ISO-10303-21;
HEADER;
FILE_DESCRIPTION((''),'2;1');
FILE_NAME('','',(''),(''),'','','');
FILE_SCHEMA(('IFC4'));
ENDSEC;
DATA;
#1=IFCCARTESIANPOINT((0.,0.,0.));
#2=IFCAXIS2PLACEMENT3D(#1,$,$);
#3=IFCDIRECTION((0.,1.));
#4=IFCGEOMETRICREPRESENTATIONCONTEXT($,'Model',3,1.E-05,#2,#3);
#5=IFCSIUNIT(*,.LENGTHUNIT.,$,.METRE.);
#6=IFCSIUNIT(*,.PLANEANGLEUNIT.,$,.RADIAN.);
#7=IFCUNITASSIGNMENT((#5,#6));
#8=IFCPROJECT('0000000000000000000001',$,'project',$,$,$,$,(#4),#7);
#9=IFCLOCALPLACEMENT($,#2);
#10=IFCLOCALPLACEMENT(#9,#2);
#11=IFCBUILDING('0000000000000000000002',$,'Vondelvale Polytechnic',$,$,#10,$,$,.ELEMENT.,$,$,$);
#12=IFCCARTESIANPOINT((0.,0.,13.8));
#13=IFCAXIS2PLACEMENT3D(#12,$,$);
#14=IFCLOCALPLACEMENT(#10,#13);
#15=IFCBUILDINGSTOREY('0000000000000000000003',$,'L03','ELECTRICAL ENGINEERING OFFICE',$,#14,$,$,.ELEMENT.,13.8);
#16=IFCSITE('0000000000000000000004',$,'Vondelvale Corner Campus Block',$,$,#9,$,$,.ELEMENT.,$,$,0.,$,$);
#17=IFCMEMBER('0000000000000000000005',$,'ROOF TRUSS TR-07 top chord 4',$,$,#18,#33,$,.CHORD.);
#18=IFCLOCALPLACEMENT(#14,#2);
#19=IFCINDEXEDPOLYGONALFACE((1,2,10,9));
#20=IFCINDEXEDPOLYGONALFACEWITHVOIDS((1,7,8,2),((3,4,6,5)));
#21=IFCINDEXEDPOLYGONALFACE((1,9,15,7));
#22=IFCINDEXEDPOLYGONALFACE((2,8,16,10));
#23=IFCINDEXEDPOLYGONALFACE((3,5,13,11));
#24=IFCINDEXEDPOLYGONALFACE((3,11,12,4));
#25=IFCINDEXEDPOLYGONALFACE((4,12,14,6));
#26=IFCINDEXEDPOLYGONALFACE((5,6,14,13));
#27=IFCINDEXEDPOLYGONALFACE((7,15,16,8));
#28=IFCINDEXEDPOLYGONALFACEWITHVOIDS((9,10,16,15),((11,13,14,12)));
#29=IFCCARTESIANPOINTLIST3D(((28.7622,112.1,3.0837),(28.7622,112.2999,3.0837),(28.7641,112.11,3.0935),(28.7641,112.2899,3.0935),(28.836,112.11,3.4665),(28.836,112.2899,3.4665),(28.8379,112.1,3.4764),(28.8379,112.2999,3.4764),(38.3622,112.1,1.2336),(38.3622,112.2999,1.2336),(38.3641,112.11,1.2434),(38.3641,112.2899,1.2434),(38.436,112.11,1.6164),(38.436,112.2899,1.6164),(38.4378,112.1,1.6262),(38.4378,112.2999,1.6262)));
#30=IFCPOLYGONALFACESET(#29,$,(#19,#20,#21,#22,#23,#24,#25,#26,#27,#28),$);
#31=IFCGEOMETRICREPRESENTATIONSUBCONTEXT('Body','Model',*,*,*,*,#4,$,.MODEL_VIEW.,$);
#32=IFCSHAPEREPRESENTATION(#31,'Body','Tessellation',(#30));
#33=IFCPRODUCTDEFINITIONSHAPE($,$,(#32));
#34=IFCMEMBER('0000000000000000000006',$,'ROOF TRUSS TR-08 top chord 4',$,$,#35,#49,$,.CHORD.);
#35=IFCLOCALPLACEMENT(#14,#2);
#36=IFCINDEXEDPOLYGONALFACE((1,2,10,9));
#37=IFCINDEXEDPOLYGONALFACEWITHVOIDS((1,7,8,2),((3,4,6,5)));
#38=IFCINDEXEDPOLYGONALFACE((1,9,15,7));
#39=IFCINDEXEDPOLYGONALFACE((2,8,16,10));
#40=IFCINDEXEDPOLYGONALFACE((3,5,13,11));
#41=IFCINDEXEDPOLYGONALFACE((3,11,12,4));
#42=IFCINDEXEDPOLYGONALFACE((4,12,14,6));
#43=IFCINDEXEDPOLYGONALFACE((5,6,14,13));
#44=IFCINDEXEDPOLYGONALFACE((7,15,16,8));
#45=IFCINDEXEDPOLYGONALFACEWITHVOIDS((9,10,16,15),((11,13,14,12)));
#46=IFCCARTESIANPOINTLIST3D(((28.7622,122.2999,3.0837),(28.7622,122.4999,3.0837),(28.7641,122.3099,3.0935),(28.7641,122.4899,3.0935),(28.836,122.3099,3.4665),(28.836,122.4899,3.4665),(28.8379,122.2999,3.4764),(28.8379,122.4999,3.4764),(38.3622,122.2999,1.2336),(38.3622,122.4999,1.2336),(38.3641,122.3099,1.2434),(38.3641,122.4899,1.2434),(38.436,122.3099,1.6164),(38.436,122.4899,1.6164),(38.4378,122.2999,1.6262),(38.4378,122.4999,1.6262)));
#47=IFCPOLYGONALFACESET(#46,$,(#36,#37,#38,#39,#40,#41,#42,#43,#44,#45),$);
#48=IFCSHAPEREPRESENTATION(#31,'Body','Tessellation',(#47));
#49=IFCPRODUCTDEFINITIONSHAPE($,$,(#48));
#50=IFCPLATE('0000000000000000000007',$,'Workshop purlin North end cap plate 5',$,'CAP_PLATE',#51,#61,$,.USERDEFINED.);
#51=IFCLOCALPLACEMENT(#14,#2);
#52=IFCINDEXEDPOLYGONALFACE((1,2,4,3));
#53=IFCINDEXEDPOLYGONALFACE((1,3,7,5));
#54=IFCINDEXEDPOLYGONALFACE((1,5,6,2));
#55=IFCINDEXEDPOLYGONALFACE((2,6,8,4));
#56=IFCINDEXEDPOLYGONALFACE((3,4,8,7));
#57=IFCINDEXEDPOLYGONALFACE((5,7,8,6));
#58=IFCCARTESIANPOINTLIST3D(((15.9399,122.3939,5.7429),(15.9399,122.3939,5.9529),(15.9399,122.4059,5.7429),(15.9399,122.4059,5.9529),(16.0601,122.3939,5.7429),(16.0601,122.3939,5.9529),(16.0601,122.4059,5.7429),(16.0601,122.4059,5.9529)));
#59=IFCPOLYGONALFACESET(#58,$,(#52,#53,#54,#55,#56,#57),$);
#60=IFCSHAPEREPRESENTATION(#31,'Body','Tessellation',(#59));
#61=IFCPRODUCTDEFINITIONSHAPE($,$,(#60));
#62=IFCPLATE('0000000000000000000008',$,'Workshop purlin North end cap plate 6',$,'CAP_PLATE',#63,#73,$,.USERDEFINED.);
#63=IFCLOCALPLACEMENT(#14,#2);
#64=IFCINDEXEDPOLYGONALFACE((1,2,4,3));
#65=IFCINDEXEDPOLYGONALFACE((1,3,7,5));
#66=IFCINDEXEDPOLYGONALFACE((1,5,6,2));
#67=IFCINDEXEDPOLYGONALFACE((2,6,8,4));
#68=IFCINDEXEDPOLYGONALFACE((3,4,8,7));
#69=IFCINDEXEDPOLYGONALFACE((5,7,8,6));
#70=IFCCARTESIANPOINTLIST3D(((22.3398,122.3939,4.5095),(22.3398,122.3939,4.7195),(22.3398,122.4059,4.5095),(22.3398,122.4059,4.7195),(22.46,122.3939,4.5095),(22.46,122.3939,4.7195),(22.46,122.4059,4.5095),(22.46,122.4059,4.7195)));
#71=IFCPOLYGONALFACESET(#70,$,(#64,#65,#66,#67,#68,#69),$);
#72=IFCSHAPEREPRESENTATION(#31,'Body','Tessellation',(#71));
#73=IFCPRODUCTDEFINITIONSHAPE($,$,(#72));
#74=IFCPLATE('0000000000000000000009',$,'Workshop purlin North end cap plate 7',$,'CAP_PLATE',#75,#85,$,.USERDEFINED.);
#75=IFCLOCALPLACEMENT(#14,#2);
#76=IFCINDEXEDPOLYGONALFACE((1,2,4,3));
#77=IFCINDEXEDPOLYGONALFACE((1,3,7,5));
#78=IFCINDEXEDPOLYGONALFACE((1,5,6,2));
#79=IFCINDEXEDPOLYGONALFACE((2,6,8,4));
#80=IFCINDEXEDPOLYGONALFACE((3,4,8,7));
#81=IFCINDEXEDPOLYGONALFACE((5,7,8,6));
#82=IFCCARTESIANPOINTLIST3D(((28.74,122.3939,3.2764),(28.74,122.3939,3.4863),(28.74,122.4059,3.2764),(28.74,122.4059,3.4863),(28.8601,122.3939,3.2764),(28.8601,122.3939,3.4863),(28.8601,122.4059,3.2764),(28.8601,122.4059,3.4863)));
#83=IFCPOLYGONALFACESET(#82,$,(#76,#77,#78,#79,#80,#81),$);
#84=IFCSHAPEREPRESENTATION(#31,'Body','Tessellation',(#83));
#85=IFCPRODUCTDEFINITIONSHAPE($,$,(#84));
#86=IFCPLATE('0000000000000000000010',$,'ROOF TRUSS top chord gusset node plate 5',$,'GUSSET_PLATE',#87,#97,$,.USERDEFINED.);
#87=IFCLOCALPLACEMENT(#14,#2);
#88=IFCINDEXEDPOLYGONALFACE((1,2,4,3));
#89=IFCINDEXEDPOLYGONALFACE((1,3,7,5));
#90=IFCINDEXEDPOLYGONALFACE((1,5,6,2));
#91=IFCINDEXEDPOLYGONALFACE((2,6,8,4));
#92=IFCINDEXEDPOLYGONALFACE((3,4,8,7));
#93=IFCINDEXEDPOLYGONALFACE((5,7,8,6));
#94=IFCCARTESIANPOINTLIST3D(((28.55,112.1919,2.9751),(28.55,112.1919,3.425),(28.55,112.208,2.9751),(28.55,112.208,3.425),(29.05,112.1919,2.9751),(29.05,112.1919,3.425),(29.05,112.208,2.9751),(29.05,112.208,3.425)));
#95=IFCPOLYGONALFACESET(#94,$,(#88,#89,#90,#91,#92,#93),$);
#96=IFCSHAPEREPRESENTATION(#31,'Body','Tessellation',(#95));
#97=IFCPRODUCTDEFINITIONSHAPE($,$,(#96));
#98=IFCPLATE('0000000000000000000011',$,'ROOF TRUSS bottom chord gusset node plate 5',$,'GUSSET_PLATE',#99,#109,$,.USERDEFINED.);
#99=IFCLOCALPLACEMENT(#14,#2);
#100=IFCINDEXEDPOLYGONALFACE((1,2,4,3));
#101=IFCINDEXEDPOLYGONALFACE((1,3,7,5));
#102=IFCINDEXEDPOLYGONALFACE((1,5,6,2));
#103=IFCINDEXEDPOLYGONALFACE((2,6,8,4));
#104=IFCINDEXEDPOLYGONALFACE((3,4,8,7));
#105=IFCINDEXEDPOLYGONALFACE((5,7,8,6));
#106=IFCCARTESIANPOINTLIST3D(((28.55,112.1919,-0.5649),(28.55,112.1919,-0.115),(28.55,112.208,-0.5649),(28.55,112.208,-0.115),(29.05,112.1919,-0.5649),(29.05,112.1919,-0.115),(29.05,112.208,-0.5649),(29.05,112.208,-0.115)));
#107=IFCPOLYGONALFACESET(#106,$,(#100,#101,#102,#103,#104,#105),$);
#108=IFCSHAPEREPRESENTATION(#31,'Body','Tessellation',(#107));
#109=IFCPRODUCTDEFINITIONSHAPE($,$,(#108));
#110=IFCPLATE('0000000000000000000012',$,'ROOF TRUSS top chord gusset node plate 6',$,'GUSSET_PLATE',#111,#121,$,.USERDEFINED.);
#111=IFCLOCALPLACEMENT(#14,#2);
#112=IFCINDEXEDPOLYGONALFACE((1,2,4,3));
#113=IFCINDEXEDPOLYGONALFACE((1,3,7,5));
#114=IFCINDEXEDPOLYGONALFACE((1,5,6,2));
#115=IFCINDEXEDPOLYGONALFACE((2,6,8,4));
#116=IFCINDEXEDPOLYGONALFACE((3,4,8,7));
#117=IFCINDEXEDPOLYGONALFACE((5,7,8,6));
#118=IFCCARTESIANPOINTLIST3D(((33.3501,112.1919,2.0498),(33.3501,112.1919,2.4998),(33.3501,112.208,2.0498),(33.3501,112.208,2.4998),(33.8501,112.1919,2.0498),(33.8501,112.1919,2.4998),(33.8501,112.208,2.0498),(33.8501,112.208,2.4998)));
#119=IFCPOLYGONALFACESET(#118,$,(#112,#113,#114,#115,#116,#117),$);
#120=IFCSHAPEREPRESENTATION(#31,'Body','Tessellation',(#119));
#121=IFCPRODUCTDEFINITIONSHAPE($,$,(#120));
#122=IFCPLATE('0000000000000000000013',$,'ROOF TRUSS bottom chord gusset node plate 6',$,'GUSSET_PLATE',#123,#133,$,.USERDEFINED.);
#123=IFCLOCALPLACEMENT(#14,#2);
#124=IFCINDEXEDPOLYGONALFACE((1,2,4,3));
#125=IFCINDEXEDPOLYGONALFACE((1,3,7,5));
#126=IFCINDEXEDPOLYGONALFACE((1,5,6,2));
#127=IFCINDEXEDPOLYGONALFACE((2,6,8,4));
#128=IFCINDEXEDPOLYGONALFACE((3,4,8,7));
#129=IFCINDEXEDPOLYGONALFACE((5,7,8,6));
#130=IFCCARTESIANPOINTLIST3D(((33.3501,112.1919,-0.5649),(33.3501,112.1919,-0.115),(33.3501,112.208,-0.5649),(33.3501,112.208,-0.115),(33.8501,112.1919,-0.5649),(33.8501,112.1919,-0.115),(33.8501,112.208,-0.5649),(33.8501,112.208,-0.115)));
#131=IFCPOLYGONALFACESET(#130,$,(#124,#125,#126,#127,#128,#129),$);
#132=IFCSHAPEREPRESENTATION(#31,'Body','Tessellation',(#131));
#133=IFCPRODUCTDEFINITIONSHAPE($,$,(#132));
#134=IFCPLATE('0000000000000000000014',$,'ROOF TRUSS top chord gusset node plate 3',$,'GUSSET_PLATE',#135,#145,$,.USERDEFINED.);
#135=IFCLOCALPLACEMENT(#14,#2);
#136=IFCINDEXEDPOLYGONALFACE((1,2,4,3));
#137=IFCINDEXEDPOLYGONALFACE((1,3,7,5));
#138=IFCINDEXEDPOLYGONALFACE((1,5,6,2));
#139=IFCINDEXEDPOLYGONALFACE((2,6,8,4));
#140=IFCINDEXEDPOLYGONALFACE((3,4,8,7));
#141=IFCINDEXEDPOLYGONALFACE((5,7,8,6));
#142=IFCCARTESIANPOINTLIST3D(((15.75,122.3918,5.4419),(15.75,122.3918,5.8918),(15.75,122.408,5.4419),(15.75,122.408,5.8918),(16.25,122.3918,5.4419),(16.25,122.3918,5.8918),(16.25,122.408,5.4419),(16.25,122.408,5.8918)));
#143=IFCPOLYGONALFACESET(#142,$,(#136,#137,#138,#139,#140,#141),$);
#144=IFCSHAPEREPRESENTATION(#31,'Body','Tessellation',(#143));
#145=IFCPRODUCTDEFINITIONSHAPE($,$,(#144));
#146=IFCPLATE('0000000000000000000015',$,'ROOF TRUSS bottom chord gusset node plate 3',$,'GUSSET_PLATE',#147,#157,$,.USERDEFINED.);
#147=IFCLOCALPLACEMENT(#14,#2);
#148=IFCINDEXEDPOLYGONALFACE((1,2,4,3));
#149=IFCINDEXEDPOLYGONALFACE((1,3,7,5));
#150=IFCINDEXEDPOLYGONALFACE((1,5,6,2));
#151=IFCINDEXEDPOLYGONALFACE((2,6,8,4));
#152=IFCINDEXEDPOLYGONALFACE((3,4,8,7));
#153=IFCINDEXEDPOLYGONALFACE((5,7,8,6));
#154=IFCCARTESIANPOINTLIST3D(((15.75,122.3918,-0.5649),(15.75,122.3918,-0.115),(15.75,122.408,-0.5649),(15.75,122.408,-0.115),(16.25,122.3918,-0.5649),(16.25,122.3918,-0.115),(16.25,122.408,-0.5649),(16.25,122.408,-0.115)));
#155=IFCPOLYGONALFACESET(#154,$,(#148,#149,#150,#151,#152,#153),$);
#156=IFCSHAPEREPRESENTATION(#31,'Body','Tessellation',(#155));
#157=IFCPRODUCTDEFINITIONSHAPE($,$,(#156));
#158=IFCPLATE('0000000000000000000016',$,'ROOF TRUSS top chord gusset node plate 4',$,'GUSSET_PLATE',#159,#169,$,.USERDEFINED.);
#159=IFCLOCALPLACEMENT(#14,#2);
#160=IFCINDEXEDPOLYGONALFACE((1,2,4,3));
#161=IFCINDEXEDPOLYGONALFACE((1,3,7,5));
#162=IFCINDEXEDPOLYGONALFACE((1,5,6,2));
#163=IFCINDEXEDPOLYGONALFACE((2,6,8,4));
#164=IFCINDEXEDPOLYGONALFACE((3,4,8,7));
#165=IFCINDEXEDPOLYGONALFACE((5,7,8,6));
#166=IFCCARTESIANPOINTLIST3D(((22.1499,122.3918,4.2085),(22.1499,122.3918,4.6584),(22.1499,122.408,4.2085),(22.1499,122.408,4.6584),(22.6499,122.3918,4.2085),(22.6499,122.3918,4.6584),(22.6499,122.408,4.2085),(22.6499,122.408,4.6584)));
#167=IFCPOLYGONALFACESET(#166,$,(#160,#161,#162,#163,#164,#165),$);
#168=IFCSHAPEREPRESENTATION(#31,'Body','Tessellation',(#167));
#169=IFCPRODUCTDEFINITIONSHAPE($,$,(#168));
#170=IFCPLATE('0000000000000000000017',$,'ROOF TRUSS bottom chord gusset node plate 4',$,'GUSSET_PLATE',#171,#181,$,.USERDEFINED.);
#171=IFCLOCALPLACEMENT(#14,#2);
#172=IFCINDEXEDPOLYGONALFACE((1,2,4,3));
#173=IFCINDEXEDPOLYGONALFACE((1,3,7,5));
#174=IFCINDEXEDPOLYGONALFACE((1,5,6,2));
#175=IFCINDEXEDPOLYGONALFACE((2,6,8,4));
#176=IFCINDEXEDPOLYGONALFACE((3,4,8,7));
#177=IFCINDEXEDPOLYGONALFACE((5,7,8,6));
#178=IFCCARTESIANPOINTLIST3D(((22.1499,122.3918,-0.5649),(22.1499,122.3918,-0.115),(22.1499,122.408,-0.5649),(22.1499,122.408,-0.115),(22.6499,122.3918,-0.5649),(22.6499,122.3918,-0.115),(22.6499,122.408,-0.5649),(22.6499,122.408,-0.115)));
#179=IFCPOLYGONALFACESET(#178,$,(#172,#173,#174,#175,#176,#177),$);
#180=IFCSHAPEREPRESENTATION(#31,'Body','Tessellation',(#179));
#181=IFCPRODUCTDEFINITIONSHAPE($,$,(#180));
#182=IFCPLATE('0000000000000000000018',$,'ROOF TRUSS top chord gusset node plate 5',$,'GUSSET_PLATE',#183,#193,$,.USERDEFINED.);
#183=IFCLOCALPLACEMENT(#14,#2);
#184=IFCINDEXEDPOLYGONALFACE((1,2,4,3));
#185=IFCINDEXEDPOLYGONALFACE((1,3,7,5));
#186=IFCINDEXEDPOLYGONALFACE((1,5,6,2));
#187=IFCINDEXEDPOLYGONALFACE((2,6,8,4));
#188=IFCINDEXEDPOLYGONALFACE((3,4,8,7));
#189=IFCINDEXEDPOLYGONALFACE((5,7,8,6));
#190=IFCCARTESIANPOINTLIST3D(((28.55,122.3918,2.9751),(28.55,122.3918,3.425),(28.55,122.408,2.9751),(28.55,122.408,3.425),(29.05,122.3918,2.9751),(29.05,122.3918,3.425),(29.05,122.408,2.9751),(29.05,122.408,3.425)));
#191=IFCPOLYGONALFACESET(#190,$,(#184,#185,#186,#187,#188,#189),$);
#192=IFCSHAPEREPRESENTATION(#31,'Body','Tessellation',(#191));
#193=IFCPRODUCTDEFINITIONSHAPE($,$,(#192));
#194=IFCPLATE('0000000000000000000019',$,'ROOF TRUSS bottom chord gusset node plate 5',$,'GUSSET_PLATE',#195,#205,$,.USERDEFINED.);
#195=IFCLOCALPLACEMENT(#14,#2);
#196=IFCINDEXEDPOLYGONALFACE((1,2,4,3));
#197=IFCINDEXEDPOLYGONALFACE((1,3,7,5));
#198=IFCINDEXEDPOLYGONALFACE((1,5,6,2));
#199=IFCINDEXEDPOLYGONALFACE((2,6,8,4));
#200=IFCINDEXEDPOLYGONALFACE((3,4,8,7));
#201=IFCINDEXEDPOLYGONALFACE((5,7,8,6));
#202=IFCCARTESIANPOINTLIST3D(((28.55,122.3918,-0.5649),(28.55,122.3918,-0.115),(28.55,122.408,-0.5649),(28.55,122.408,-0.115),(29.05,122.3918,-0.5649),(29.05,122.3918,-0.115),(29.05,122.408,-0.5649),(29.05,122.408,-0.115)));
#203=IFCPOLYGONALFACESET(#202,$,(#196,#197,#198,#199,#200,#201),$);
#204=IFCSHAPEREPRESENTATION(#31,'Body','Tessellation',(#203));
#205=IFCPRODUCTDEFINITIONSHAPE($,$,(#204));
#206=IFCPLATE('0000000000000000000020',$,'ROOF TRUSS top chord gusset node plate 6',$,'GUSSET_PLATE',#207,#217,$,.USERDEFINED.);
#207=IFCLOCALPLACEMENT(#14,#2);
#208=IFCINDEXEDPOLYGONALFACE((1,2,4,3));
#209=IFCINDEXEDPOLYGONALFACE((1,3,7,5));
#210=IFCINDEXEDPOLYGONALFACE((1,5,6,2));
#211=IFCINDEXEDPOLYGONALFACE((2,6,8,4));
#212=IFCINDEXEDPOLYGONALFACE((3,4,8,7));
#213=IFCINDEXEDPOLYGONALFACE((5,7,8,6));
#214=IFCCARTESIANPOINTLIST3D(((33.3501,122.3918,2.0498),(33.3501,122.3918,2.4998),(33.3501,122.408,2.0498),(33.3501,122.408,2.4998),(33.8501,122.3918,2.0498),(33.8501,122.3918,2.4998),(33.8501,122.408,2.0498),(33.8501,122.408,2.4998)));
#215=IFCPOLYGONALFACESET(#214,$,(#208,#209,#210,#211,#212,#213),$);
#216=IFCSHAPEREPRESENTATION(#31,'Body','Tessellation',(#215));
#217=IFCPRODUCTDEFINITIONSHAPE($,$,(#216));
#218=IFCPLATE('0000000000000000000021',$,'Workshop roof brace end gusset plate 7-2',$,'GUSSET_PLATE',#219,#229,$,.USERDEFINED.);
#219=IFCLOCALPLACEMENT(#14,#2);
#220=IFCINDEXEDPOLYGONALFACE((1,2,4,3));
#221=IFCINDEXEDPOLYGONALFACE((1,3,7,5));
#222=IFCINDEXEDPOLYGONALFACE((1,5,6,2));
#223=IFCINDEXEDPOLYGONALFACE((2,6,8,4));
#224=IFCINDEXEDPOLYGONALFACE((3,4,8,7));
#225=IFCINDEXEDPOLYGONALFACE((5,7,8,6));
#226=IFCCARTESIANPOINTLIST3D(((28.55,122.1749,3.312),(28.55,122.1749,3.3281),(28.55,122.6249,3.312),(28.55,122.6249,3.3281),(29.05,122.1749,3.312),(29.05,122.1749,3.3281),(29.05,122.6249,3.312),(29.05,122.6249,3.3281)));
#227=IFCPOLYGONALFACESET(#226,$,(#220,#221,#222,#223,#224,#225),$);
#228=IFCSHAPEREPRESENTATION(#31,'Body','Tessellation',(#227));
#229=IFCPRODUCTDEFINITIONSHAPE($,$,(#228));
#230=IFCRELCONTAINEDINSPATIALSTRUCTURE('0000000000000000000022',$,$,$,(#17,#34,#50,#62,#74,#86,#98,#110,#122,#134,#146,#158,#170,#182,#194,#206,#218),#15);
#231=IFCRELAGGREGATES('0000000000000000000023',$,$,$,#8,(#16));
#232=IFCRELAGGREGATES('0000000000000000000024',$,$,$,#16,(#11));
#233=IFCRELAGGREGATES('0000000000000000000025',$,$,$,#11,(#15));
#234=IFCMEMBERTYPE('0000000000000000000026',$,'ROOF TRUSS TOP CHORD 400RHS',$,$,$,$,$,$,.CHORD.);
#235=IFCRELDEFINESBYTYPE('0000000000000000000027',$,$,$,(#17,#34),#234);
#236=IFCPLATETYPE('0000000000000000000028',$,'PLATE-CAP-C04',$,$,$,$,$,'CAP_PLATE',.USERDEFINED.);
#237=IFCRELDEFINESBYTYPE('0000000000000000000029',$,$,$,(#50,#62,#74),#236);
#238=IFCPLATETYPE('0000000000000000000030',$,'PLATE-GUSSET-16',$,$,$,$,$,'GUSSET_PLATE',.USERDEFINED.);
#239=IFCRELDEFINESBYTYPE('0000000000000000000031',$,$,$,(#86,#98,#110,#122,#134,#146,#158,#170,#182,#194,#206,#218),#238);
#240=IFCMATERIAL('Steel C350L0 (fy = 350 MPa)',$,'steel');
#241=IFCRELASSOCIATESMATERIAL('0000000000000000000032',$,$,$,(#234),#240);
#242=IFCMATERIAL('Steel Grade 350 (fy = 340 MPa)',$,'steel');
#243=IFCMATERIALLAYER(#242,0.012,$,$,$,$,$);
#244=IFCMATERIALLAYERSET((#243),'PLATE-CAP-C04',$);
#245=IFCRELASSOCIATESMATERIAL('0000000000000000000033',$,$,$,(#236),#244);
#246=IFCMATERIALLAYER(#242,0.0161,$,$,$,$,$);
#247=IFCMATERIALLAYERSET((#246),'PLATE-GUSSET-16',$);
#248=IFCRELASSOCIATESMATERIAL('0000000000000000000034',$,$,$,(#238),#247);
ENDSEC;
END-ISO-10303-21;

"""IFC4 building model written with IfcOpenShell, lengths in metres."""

from ifc_helpers import new_model, si_unit, direction, frame, origin, origin_2d, place, context, subcontext, project, spatial, rectangle, hollow_rectangle, extrude, material, layer, layer_set, material_profile, profile_set, type_object, element, save


model = new_model("IFC4")

# Units and contexts
model_context = context("Model", 3, precision=1e-05, world=origin(), true_north=direction((0.0, 1.0)))
body_context = subcontext(model_context, "Body", "Model", "MODEL_VIEW")
ifc_project = project(units=[si_unit("LENGTHUNIT", "METRE"), si_unit("PLANEANGLEUNIT", "RADIAN")], contexts=[model_context])

# Site, building, storey
site_placement = place(None, origin())
site = spatial("IfcSite", under=ifc_project, at=site_placement, Name="Vondelvale Corner Campus Block", CompositionType="ELEMENT", RefElevation=0.0)
building_placement = place(site_placement, origin())
building = spatial("IfcBuilding", under=site, at=building_placement, Name="Vondelvale Polytechnic", CompositionType="ELEMENT")
storey_placement = place(building_placement, frame((0.0, 0.0, 13.8)))
storey = spatial("IfcBuildingStorey", under=building, at=storey_placement, Name="L03", Description="ELECTRICAL ENGINEERING OFFICE", CompositionType="ELEMENT", Elevation=13.8)

# Members
ifc_material_1 = material(Name="Steel C350L0 (fy = 350 MPa)", Category="steel")
ifc_material_profile_1 = material_profile(ifc_material_1, hollow_rectangle(XDim=0.2, YDim=0.3999, WallThickness=0.01, at=origin_2d()), Name="400x200x10.0RHS")
ifc_profile_set_1 = profile_set([ifc_material_profile_1], Name="Steel C350L0 (fy = 350 MPa)")
member_type_1 = type_object("IfcMemberType", Name="ROOF TRUSS TOP CHORD 400RHS", PredefinedType="CHORD", material=ifc_profile_set_1)
for number, where, z_axis, x_axis, name in (
    (1, (28.8, 112.2, 3.28), (0.981931, 0.0, -0.189239), (0.0, 1.0, 0.0), "ROOF TRUSS TR-07 top chord 4"),
    (2, (28.8, 122.3999, 3.28), (0.981931, 0.0, -0.189239), (0.0, 1.0, 0.0), "ROOF TRUSS TR-08 top chord 4"),
):
    element("IfcMember", number, at=place(storey_placement, frame(where, z_axis=z_axis, x_axis=x_axis)), inside=storey, type_object=member_type_1, Name=name, PredefinedType="CHORD", context=body_context, shape_type="SweptSolid", body=[
        extrude(hollow_rectangle(XDim=0.2, YDim=0.3999, WallThickness=0.01, at=origin_2d()), origin(), (0.0, 0.0, 1.0), 9.7766),
    ])

# Plates
ifc_material_2 = material(Name="Steel Grade 350 (fy = 340 MPa)", Category="steel")
ifc_layer_1 = layer(ifc_material_2, 0.012)
ifc_layer_set_1 = layer_set([ifc_layer_1], Name="PLATE-CAP-C04")
plate_type_1 = type_object("IfcPlateType", Name="PLATE-CAP-C04", ElementType="CAP_PLATE", PredefinedType="USERDEFINED", material=ifc_layer_set_1)
for number, where, z_axis, x_axis, name in (
    (3, (16.0, 122.3999, 5.7429), (0.0, 0.0, 1.0), (1.0, 0.0, 0.0), "Workshop purlin North end cap plate 5"),
    (4, (22.3999, 122.3999, 4.5095), (0.0, 0.0, 1.0), (1.0, 0.0, 0.0), "Workshop purlin North end cap plate 6"),
    (5, (28.8, 122.3999, 3.2764), (0.0, 0.0, 1.0), (1.0, 0.0, 0.0), "Workshop purlin North end cap plate 7"),
):
    element("IfcPlate", number, at=place(storey_placement, frame(where, z_axis=z_axis, x_axis=x_axis)), inside=storey, type_object=plate_type_1, Name=name, ObjectType="CAP_PLATE", PredefinedType="USERDEFINED", context=body_context, shape_type="SweptSolid", body=[
        extrude(rectangle(XDim=0.1201, YDim=0.012, at=origin_2d()), origin(), (0.0, 0.0, 1.0), 0.21),
    ])
ifc_layer_2 = layer(ifc_material_2, 0.0161)
ifc_layer_set_2 = layer_set([ifc_layer_2], Name="PLATE-GUSSET-16")
plate_type_2 = type_object("IfcPlateType", Name="PLATE-GUSSET-16", ElementType="GUSSET_PLATE", PredefinedType="USERDEFINED", material=ifc_layer_set_2)
for number, where, z_axis, x_axis, name in (
    (6, (28.8, 112.2, 2.9751), (0.0, 0.0, 1.0), (1.0, 0.0, 0.0), "ROOF TRUSS top chord gusset node plate 5"),
    (7, (28.8, 112.2, -0.5649), (0.0, 0.0, 1.0), (1.0, 0.0, 0.0), "ROOF TRUSS bottom chord gusset node plate 5"),
    (8, (33.6001, 112.2, 2.0498), (0.0, 0.0, 1.0), (1.0, 0.0, 0.0), "ROOF TRUSS top chord gusset node plate 6"),
    (9, (33.6001, 112.2, -0.5649), (0.0, 0.0, 1.0), (1.0, 0.0, 0.0), "ROOF TRUSS bottom chord gusset node plate 6"),
    (10, (16.0, 122.3999, 5.4419), (0.0, 0.0, 1.0), (1.0, 0.0, 0.0), "ROOF TRUSS top chord gusset node plate 3"),
    (11, (16.0, 122.3999, -0.5649), (0.0, 0.0, 1.0), (1.0, 0.0, 0.0), "ROOF TRUSS bottom chord gusset node plate 3"),
    (12, (22.3999, 122.3999, 4.2085), (0.0, 0.0, 1.0), (1.0, 0.0, 0.0), "ROOF TRUSS top chord gusset node plate 4"),
    (13, (22.3999, 122.3999, -0.5649), (0.0, 0.0, 1.0), (1.0, 0.0, 0.0), "ROOF TRUSS bottom chord gusset node plate 4"),
    (14, (28.8, 122.3999, 2.9751), (0.0, 0.0, 1.0), (1.0, 0.0, 0.0), "ROOF TRUSS top chord gusset node plate 5"),
    (15, (28.8, 122.3999, -0.5649), (0.0, 0.0, 1.0), (1.0, 0.0, 0.0), "ROOF TRUSS bottom chord gusset node plate 5"),
    (16, (33.6001, 122.3999, 2.0498), (0.0, 0.0, 1.0), (1.0, 0.0, 0.0), "ROOF TRUSS top chord gusset node plate 6"),
):
    element("IfcPlate", number, at=place(storey_placement, frame(where, z_axis=z_axis, x_axis=x_axis)), inside=storey, type_object=plate_type_2, Name=name, ObjectType="GUSSET_PLATE", PredefinedType="USERDEFINED", context=body_context, shape_type="SweptSolid", body=[
        extrude(rectangle(XDim=0.5, YDim=0.0161, at=origin_2d()), origin(), (0.0, 0.0, 1.0), 0.45),
    ])
for number, where, z_axis, x_axis, name in (
    (17, (28.8, 122.3999, 3.312), (0.0, 0.0, 1.0), (1.0, 0.0, 0.0), "Workshop roof brace end gusset plate 7-2"),
):
    element("IfcPlate", number, at=place(storey_placement, frame(where, z_axis=z_axis, x_axis=x_axis)), inside=storey, type_object=plate_type_2, Name=name, ObjectType="GUSSET_PLATE", PredefinedType="USERDEFINED", context=body_context, shape_type="SweptSolid", body=[
        extrude(rectangle(XDim=0.5, YDim=0.45, at=origin_2d()), origin(), (0.0, 0.0, 1.0), 0.0161),
    ])

save(model, "model.ifc")
